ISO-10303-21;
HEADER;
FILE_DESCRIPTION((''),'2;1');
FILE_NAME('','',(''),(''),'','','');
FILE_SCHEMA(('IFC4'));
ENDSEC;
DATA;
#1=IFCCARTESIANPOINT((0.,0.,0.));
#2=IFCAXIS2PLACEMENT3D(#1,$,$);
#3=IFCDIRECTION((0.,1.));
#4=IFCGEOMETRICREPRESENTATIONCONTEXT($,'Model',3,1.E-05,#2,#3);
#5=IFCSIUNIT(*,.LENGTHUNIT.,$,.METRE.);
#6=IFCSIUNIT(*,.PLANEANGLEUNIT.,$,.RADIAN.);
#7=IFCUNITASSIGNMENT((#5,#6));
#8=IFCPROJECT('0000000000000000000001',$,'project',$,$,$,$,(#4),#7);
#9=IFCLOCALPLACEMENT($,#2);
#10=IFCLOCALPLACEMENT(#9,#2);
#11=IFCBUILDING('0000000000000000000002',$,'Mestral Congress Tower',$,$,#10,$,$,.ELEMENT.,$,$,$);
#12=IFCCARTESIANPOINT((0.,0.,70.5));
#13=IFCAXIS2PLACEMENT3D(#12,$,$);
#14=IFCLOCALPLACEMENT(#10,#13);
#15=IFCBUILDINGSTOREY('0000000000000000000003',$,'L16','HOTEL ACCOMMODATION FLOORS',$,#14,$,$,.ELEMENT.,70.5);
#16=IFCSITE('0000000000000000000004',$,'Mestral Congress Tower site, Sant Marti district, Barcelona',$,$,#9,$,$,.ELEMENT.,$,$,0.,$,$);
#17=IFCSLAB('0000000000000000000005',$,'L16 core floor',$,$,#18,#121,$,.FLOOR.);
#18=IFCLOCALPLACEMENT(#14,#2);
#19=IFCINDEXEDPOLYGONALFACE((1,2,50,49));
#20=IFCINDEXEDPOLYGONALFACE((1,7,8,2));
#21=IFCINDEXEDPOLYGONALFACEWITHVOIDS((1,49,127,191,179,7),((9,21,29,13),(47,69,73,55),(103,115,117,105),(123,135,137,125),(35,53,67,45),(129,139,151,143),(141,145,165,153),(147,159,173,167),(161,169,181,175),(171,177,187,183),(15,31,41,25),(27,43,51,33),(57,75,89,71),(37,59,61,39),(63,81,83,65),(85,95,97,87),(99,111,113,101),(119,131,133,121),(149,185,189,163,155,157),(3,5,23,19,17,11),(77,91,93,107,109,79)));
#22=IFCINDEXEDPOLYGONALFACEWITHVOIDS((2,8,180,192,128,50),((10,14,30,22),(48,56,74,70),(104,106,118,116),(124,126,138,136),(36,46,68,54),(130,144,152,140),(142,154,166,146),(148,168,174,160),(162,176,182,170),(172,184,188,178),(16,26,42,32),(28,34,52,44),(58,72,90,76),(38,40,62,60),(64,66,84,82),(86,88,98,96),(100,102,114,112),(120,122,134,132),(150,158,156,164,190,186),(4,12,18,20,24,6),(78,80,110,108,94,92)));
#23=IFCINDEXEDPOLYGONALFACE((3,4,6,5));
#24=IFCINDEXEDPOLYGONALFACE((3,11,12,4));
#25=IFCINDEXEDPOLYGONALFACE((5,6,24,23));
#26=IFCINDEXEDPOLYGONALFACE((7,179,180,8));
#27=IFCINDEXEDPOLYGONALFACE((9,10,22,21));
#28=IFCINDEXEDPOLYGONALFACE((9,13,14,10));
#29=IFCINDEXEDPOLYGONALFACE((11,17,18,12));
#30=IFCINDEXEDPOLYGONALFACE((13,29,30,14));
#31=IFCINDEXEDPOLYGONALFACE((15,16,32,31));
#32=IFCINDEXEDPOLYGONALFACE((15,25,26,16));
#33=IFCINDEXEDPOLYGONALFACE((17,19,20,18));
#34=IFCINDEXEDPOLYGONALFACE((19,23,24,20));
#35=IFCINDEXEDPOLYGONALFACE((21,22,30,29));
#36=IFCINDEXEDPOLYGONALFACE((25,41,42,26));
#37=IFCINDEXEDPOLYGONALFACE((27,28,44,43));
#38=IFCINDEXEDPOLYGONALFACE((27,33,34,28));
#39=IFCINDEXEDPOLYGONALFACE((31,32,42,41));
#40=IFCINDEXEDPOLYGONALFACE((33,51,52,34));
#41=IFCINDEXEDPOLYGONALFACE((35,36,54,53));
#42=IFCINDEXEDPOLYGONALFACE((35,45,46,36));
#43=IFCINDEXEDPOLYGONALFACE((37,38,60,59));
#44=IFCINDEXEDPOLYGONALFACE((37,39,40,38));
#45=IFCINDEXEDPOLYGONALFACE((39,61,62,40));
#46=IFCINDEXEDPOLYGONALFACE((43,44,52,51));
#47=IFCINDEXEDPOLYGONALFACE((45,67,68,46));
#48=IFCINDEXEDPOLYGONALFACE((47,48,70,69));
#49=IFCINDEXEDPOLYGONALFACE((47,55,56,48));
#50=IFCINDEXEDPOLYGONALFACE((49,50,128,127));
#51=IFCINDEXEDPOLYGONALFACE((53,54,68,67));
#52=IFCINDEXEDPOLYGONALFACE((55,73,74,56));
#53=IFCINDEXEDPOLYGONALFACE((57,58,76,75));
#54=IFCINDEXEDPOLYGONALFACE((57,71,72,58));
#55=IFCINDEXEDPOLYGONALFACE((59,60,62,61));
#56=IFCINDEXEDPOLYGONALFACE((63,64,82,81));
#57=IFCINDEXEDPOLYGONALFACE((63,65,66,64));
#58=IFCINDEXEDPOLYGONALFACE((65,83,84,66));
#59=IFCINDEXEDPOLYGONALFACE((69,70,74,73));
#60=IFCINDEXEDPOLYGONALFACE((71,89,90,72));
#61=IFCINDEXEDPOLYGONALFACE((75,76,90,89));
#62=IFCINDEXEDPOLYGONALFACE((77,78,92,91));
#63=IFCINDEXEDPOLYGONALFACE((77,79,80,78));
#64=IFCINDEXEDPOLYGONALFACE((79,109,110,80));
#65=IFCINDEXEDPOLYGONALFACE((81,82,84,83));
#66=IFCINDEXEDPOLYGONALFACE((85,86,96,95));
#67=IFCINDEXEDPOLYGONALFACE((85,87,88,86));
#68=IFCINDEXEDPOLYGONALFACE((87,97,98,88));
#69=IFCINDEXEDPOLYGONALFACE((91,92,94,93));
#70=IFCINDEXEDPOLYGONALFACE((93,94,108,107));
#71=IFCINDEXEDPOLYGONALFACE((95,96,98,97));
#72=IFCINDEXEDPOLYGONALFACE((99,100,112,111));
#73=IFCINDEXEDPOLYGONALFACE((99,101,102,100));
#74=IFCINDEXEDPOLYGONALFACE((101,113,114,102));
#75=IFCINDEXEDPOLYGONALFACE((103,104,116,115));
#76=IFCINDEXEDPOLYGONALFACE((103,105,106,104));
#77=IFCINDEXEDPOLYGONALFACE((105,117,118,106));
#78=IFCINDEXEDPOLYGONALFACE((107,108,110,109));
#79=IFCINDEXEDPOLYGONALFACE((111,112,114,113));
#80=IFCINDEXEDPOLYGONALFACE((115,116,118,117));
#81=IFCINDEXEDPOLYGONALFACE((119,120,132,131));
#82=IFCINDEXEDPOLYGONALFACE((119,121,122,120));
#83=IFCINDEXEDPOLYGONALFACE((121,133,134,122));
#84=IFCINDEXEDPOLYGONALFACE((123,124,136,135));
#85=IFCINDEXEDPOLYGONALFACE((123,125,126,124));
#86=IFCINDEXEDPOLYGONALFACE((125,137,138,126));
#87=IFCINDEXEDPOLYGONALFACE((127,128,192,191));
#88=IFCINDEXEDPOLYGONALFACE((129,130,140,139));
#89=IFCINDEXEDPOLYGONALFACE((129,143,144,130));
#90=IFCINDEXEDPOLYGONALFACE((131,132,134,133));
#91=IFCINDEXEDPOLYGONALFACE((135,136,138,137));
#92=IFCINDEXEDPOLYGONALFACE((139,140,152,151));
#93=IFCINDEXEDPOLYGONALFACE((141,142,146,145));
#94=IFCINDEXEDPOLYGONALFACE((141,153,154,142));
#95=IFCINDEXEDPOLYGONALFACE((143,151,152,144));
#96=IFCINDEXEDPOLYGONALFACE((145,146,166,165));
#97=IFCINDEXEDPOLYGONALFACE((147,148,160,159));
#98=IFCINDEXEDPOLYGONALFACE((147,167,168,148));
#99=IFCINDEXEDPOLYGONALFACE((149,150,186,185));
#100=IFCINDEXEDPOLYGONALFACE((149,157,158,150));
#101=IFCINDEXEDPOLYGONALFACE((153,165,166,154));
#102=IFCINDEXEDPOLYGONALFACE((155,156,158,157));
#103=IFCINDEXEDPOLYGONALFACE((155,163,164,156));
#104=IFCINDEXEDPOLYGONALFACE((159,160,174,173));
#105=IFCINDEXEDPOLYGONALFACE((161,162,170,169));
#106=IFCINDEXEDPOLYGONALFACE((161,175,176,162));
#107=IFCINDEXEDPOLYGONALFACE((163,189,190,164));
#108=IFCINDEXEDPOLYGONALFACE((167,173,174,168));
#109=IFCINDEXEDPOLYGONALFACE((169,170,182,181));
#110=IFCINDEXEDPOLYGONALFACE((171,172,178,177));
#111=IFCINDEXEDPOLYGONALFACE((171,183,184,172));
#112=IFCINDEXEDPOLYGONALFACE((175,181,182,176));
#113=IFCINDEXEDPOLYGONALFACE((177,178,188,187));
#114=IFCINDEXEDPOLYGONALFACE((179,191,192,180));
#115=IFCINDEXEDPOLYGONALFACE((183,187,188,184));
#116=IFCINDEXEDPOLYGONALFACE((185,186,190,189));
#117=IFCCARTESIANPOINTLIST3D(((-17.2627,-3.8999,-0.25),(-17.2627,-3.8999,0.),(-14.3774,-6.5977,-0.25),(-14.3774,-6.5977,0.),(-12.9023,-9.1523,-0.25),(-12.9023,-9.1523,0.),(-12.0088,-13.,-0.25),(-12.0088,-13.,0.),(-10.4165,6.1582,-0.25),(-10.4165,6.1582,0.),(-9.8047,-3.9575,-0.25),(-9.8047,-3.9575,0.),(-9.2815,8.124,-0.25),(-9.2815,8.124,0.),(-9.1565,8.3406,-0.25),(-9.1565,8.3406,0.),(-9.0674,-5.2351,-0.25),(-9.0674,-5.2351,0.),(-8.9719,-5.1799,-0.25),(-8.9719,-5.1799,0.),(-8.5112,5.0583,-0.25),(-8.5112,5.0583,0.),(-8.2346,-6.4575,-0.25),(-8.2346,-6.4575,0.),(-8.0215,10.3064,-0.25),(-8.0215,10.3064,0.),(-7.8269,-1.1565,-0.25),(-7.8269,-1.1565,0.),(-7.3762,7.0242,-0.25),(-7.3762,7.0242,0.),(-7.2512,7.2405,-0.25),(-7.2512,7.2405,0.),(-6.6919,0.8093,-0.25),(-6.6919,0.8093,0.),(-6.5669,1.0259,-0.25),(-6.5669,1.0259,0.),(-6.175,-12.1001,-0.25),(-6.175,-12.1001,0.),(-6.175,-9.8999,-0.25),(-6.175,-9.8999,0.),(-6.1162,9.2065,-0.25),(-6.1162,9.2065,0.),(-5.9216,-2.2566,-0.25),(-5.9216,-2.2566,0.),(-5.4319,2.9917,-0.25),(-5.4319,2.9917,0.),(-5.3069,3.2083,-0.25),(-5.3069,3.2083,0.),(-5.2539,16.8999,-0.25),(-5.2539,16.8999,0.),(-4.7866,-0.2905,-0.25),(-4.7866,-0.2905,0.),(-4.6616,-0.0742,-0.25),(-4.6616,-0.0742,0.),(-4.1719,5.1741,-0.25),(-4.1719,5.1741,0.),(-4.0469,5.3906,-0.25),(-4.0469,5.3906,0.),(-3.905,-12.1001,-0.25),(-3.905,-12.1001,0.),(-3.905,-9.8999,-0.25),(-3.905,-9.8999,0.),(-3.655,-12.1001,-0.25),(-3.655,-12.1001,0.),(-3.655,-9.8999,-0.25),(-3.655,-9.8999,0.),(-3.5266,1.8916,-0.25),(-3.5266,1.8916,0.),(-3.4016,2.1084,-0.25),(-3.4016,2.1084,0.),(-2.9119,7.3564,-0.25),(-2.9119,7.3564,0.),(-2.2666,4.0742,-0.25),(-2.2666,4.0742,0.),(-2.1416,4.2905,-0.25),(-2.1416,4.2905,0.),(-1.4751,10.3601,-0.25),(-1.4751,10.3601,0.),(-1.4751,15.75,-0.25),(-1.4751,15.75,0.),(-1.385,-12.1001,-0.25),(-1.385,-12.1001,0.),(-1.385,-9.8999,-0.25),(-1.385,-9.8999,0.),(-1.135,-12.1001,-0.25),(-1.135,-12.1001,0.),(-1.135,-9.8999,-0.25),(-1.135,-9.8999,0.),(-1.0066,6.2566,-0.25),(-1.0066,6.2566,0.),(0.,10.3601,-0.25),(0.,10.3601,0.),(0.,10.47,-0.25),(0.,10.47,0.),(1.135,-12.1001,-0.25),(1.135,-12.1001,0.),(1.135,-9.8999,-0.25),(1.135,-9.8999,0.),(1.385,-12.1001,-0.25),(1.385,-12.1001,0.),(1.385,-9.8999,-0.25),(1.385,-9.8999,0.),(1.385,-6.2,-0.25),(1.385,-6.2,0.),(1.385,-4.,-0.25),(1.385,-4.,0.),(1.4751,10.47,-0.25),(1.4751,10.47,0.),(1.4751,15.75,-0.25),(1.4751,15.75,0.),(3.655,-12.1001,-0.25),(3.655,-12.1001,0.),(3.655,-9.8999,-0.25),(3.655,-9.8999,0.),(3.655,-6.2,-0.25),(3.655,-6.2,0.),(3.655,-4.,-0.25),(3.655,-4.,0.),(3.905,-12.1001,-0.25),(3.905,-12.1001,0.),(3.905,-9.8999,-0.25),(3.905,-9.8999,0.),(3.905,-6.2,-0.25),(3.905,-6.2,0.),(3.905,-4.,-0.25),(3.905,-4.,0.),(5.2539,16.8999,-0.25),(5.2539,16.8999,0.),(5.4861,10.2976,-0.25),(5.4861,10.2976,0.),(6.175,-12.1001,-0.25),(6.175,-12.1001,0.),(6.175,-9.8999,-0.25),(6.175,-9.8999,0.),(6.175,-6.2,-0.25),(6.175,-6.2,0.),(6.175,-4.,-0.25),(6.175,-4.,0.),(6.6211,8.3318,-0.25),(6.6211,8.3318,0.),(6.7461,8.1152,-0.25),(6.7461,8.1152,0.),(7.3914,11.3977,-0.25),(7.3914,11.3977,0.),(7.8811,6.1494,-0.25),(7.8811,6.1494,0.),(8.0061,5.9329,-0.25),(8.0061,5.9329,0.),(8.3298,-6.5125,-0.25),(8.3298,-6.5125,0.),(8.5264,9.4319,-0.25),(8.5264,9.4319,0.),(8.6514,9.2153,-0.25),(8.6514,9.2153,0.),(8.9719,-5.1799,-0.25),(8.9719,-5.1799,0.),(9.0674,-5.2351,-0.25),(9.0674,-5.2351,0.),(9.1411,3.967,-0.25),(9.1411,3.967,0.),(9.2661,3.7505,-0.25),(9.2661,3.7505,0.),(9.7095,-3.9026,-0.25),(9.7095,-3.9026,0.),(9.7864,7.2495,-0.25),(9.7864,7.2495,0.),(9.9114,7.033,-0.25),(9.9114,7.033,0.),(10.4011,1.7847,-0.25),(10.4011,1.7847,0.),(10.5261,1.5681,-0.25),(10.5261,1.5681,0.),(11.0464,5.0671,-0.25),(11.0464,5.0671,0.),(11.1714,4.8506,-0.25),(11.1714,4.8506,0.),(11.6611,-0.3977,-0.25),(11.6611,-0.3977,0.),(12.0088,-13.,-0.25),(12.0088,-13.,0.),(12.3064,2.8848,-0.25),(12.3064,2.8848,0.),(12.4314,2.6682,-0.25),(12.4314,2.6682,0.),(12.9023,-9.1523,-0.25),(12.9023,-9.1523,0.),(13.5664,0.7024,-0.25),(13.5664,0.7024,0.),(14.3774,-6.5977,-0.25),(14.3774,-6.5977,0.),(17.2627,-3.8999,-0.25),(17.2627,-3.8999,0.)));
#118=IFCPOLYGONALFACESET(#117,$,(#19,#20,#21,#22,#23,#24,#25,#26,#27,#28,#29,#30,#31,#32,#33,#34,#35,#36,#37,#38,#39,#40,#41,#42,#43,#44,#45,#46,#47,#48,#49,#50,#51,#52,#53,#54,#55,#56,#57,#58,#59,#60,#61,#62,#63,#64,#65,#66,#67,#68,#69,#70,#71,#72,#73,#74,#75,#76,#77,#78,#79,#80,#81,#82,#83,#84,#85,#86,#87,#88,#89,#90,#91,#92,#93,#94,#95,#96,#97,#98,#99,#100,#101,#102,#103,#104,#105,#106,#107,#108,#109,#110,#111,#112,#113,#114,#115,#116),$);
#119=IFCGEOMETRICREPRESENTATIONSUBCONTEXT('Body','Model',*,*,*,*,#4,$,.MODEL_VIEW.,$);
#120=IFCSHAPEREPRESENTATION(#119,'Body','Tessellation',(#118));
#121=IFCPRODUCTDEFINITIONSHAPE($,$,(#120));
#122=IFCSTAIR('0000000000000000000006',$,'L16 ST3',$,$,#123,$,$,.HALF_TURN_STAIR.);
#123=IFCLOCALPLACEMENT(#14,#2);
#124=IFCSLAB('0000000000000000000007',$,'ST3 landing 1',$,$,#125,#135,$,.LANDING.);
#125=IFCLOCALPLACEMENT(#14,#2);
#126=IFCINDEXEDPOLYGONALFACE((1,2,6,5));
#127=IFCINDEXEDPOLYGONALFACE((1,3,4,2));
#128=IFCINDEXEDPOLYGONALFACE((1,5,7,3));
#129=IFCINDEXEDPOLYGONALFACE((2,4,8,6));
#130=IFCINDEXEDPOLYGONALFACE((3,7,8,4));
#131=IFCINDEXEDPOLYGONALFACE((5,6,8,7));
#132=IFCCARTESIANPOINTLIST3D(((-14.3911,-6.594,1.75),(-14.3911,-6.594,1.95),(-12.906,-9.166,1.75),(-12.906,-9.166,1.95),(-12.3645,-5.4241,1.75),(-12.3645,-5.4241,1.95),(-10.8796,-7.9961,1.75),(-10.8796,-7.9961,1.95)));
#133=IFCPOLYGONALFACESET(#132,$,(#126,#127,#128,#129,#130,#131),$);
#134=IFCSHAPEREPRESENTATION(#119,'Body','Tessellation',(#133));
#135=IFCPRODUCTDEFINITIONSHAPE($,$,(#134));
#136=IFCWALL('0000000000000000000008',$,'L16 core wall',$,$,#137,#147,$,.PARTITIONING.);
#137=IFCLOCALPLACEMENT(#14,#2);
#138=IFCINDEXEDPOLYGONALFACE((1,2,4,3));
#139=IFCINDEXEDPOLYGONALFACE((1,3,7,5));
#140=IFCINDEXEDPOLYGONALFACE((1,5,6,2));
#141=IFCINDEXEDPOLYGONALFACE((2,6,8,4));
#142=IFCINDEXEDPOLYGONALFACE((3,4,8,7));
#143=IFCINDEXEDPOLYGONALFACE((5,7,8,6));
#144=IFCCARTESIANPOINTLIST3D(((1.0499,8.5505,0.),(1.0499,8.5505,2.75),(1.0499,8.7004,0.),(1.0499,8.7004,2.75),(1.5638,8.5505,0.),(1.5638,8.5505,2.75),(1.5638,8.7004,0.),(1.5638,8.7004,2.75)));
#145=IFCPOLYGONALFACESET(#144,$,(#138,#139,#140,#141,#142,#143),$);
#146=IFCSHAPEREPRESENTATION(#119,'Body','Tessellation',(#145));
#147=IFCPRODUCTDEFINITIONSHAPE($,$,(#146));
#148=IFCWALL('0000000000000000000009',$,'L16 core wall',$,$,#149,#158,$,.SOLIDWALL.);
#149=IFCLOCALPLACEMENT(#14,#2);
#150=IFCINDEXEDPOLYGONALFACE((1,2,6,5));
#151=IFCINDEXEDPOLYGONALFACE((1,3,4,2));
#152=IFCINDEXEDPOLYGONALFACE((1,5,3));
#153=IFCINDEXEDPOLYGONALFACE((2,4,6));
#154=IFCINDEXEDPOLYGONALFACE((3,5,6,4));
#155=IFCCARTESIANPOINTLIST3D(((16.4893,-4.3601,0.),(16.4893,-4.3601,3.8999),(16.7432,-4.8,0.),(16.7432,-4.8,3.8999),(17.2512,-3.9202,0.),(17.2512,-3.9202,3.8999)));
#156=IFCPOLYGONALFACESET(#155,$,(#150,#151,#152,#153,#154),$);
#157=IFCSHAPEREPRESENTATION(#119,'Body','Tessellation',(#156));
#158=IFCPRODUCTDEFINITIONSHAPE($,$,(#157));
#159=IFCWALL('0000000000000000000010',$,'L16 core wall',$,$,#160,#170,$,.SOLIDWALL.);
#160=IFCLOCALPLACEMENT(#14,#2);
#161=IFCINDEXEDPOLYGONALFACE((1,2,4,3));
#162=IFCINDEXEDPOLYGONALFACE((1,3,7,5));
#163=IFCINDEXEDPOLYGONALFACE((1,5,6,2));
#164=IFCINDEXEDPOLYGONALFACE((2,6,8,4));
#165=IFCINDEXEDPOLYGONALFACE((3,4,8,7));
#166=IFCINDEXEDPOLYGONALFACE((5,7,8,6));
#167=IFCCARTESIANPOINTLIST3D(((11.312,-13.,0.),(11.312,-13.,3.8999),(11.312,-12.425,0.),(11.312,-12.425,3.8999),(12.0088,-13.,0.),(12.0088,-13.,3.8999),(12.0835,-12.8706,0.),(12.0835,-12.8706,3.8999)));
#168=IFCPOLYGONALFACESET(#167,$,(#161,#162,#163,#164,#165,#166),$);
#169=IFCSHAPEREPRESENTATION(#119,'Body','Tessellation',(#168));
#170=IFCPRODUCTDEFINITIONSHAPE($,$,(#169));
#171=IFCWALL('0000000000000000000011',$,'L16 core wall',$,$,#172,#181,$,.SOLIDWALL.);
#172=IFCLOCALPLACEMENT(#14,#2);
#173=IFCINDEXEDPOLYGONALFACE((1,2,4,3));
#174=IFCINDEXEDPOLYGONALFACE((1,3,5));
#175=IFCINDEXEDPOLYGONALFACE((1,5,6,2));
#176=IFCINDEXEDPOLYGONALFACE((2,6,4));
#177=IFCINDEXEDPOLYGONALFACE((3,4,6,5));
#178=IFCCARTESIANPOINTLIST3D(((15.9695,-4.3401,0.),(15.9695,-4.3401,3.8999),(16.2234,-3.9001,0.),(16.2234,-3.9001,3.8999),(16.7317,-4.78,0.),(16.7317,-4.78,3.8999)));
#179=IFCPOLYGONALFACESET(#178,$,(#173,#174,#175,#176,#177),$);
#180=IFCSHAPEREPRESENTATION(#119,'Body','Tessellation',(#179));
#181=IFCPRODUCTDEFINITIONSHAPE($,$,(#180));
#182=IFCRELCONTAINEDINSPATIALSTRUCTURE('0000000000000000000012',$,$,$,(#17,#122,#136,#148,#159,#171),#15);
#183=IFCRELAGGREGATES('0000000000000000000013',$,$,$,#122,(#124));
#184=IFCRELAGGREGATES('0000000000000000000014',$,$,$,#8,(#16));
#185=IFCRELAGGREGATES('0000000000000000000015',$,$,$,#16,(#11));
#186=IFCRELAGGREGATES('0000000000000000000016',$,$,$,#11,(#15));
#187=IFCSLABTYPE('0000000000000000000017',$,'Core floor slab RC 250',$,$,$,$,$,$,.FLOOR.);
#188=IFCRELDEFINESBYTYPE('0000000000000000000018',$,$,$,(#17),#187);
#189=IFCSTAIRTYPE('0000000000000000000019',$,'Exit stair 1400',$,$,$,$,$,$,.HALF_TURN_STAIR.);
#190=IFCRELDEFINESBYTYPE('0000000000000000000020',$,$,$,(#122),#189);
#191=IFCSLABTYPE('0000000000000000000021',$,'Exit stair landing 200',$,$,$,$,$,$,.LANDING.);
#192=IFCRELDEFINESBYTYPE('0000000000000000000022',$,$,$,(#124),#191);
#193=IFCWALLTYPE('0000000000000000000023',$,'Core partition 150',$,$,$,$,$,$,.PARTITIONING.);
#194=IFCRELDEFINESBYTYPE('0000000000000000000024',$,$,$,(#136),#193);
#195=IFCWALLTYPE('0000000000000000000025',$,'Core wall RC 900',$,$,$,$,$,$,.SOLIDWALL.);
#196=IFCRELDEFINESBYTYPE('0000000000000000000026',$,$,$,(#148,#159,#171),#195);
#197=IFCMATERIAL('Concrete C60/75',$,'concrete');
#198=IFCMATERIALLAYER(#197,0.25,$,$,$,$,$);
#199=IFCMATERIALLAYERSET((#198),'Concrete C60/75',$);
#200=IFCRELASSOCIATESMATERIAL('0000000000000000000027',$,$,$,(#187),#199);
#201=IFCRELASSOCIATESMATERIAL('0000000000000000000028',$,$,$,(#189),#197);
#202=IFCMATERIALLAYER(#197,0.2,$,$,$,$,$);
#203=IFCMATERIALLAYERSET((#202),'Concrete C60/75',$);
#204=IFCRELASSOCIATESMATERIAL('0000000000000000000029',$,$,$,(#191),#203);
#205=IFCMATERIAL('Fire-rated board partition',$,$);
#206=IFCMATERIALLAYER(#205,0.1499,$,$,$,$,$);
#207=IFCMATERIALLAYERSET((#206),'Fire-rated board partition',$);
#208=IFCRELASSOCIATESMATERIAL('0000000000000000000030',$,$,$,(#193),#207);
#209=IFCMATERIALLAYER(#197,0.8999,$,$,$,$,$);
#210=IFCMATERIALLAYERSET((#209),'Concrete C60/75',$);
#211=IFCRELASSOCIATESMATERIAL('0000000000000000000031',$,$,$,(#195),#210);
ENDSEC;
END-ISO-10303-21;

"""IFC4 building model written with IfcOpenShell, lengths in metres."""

from ifc_helpers import new_model, si_unit, direction, frame, frame_2d, origin, place, context, subcontext, project, spatial, polyline, rectangle, outline, extrude, material, layer, layer_set, type_object, element, aggregate, save


model = new_model("IFC4")

# Units and contexts
model_context = context("Model", 3, precision=1e-05, world=origin(), true_north=direction((0.0, 1.0)))
body_context = subcontext(model_context, "Body", "Model", "MODEL_VIEW")
ifc_project = project(units=[si_unit("LENGTHUNIT", "METRE"), si_unit("PLANEANGLEUNIT", "RADIAN")], contexts=[model_context])

# Site, building, storey
site_placement = place(None, origin())
site = spatial("IfcSite", under=ifc_project, at=site_placement, Name="Mestral Congress Tower site, Sant Marti district, Barcelona", CompositionType="ELEMENT", RefElevation=0.0)
building_placement = place(site_placement, origin())
building = spatial("IfcBuilding", under=site, at=building_placement, Name="Mestral Congress Tower", CompositionType="ELEMENT")
storey_placement = place(building_placement, frame((0.0, 0.0, 70.5)))
storey = spatial("IfcBuildingStorey", under=building, at=storey_placement, Name="L16", Description="HOTEL ACCOMMODATION FLOORS", CompositionType="ELEMENT", Elevation=70.5)

# Slab
ifc_material_1 = material(Name="Concrete C60/75", Category="concrete")
ifc_layer_1 = layer(ifc_material_1, 0.25)
ifc_layer_set_1 = layer_set([ifc_layer_1], Name="Concrete C60/75")
slab_type_1 = type_object("IfcSlabType", Name="Core floor slab RC 250", PredefinedType="FLOOR", material=ifc_layer_set_1)
slab_1_placement = place(storey_placement, frame((0.0, 0.0, -0.25)))
element("IfcSlab", 1, at=slab_1_placement, inside=storey, type_object=slab_type_1, Name="L16 core floor", PredefinedType="FLOOR", context=body_context, shape_type="SweptSolid", body=[
    extrude(outline(polyline([(12.0088, -13.0), (-12.0088, -13.0), (-17.2627, -3.8999), (-5.2539, 16.8999), (5.2539, 16.8999), (17.2627, -3.8999), (12.0088, -13.0)]), holes=[polyline([(-3.905, -9.8999), (-6.175, -9.8999), (-6.175, -12.1001), (-3.905, -12.1001), (-3.905, -9.8999)]), polyline([(-1.385, -9.8999), (-3.655, -9.8999), (-3.655, -12.1001), (-1.385, -12.1001), (-1.385, -9.8999)]), polyline([(1.135, -9.8999), (-1.135, -9.8999), (-1.135, -12.1001), (1.135, -12.1001), (1.135, -9.8999)]), polyline([(-9.0674, -5.2351), (-9.8047, -3.9575), (-14.3774, -6.5977), (-12.9023, -9.1523), (-8.2346, -6.4575), (-8.9719, -5.1799), (-9.0674, -5.2351)]), polyline([(-7.8269, -1.1565), (-5.9216, -2.2566), (-4.7866, -0.2905), (-6.6919, 0.8093), (-7.8269, -1.1565)]), polyline([(-4.6616, -0.0742), (-3.5266, 1.8916), (-5.4319, 2.9917), (-6.5669, 1.0259), (-4.6616, -0.0742)]), polyline([(-3.4016, 2.1084), (-2.2666, 4.0742), (-4.1719, 5.1741), (-5.3069, 3.2083), (-3.4016, 2.1084)]), polyline([(-2.1416, 4.2905), (-1.0066, 6.2566), (-2.9119, 7.3564), (-4.0469, 5.3906), (-2.1416, 4.2905)]), polyline([(-10.4165, 6.1582), (-8.5112, 5.0583), (-7.3762, 7.0242), (-9.2815, 8.124), (-10.4165, 6.1582)]), polyline([(-9.1565, 8.3406), (-7.2512, 7.2405), (-6.1162, 9.2065), (-8.0215, 10.3064), (-9.1565, 8.3406)]), polyline([(1.4751, 10.47), (1.4751, 15.75), (-1.4751, 15.75), (-1.4751, 10.3601), (0.0, 10.3601), (0.0, 10.47), (1.4751, 10.47)]), polyline([(3.655, -9.8999), (1.385, -9.8999), (1.385, -12.1001), (3.655, -12.1001), (3.655, -9.8999)]), polyline([(6.175, -9.8999), (3.905, -9.8999), (3.905, -12.1001), (6.175, -12.1001), (6.175, -9.8999)]), polyline([(9.0674, -5.2351), (8.3298, -6.5125), (12.9023, -9.1523), (14.3774, -6.5977), (9.7095, -3.9026), (8.9719, -5.1799), (9.0674, -5.2351)]), polyline([(3.655, -6.2), (3.655, -4.0), (1.385, -4.0), (1.385, -6.2), (3.655, -6.2)]), polyline([(6.175, -4.0), (3.905, -4.0), (3.905, -6.2), (6.175, -6.2), (6.175, -4.0)]), polyline([(12.4314, 2.6682), (10.5261, 1.5681), (11.6611, -0.3977), (13.5664, 0.7024), (12.4314, 2.6682)]), polyline([(11.1714, 4.8506), (9.2661, 3.7505), (10.4011, 1.7847), (12.3064, 2.8848), (11.1714, 4.8506)]), polyline([(8.0061, 5.9329), (9.1411, 3.967), (11.0464, 5.0671), (9.9114, 7.033), (8.0061, 5.9329)]), polyline([(8.6514, 9.2153), (6.7461, 8.1152), (7.8811, 6.1494), (9.7864, 7.2495), (8.6514, 9.2153)]), polyline([(7.3914, 11.3977), (5.4861, 10.2976), (6.6211, 8.3318), (8.5264, 9.4319), (7.3914, 11.3977)])]), origin(), (0.0, 0.0, 1.0), 0.25),
])

# Stair, slab
stair_type = type_object("IfcStairType", Name="Exit stair 1400", PredefinedType="HALF_TURN_STAIR", material=ifc_material_1)
placement = place(storey_placement, origin())
stair_1 = element("IfcStair", 2, at=placement, inside=storey, type_object=stair_type, Name="L16 ST3", PredefinedType="HALF_TURN_STAIR")
ifc_layer_2 = layer(ifc_material_1, 0.2)
ifc_layer_set_2 = layer_set([ifc_layer_2], Name="Concrete C60/75")
slab_type_2 = type_object("IfcSlabType", Name="Exit stair landing 200", PredefinedType="LANDING", material=ifc_layer_set_2)
slab_2_placement = place(storey_placement, frame((0.0, 0.0, 1.75)))
slab_2 = element("IfcSlab", 3, at=slab_2_placement, type_object=slab_type_2, Name="ST3 landing 1", PredefinedType="LANDING", context=body_context, shape_type="SweptSolid", body=[
    extrude(outline(polyline([(-12.3645, -5.4241), (-10.8796, -7.9961), (-12.906, -9.166), (-14.3911, -6.594), (-12.3645, -5.4241)])), origin(), (0.0, 0.0, 1.0), 0.2),
])
aggregate(stair_1, [slab_2])

# Walls
ifc_material_2 = material(Name="Fire-rated board partition")
ifc_layer_3 = layer(ifc_material_2, 0.1499)
ifc_layer_set_3 = layer_set([ifc_layer_3], Name="Fire-rated board partition")
wall_type_1 = type_object("IfcWallType", Name="Core partition 150", PredefinedType="PARTITIONING", material=ifc_layer_set_3)
wall_1_placement = place(storey_placement, frame((1.05, 8.6255, 0.0), z_axis=(0.0, 0.0, 1.0), x_axis=(1.0, 0.0, 0.0)))
element("IfcWall", 4, at=wall_1_placement, inside=storey, type_object=wall_type_1, Name="L16 core wall", PredefinedType="PARTITIONING", context=body_context, shape_type="SweptSolid", body=[
    extrude(rectangle(XDim=0.5139, YDim=0.1499, at=frame_2d((0.2568, 0.0))), origin(), (0.0, 0.0, 1.0), 2.75),
])
ifc_layer_4 = layer(ifc_material_1, 0.8999)
ifc_layer_set_4 = layer_set([ifc_layer_4], Name="Concrete C60/75")
wall_type_2 = type_object("IfcWallType", Name="Core wall RC 900", PredefinedType="SOLIDWALL", material=ifc_layer_set_4)
element("IfcWall", 5, at=placement, inside=storey, type_object=wall_type_2, Name="L16 core wall", PredefinedType="SOLIDWALL", context=body_context, shape_type="SweptSolid", body=[
    extrude(outline(polyline([(16.7432, -4.8), (16.4893, -4.3601), (17.2512, -3.9202), (16.7432, -4.8)])), origin(), (0.0, 0.0, 1.0), 3.8999),
])
element("IfcWall", 6, at=placement, inside=storey, type_object=wall_type_2, Name="L16 core wall", PredefinedType="SOLIDWALL", context=body_context, shape_type="SweptSolid", body=[
    extrude(outline(polyline([(12.0088, -13.0), (11.312, -13.0), (11.312, -12.425), (12.0835, -12.8706), (12.0088, -13.0)])), origin(), (0.0, 0.0, 1.0), 3.8999),
])
element("IfcWall", 7, at=placement, inside=storey, type_object=wall_type_2, Name="L16 core wall", PredefinedType="SOLIDWALL", context=body_context, shape_type="SweptSolid", body=[
    extrude(outline(polyline([(16.2234, -3.9001), (16.7317, -4.78), (15.9695, -4.3401), (16.2234, -3.9001)])), origin(), (0.0, 0.0, 1.0), 3.8999),
])

save(model, "model.ifc")
